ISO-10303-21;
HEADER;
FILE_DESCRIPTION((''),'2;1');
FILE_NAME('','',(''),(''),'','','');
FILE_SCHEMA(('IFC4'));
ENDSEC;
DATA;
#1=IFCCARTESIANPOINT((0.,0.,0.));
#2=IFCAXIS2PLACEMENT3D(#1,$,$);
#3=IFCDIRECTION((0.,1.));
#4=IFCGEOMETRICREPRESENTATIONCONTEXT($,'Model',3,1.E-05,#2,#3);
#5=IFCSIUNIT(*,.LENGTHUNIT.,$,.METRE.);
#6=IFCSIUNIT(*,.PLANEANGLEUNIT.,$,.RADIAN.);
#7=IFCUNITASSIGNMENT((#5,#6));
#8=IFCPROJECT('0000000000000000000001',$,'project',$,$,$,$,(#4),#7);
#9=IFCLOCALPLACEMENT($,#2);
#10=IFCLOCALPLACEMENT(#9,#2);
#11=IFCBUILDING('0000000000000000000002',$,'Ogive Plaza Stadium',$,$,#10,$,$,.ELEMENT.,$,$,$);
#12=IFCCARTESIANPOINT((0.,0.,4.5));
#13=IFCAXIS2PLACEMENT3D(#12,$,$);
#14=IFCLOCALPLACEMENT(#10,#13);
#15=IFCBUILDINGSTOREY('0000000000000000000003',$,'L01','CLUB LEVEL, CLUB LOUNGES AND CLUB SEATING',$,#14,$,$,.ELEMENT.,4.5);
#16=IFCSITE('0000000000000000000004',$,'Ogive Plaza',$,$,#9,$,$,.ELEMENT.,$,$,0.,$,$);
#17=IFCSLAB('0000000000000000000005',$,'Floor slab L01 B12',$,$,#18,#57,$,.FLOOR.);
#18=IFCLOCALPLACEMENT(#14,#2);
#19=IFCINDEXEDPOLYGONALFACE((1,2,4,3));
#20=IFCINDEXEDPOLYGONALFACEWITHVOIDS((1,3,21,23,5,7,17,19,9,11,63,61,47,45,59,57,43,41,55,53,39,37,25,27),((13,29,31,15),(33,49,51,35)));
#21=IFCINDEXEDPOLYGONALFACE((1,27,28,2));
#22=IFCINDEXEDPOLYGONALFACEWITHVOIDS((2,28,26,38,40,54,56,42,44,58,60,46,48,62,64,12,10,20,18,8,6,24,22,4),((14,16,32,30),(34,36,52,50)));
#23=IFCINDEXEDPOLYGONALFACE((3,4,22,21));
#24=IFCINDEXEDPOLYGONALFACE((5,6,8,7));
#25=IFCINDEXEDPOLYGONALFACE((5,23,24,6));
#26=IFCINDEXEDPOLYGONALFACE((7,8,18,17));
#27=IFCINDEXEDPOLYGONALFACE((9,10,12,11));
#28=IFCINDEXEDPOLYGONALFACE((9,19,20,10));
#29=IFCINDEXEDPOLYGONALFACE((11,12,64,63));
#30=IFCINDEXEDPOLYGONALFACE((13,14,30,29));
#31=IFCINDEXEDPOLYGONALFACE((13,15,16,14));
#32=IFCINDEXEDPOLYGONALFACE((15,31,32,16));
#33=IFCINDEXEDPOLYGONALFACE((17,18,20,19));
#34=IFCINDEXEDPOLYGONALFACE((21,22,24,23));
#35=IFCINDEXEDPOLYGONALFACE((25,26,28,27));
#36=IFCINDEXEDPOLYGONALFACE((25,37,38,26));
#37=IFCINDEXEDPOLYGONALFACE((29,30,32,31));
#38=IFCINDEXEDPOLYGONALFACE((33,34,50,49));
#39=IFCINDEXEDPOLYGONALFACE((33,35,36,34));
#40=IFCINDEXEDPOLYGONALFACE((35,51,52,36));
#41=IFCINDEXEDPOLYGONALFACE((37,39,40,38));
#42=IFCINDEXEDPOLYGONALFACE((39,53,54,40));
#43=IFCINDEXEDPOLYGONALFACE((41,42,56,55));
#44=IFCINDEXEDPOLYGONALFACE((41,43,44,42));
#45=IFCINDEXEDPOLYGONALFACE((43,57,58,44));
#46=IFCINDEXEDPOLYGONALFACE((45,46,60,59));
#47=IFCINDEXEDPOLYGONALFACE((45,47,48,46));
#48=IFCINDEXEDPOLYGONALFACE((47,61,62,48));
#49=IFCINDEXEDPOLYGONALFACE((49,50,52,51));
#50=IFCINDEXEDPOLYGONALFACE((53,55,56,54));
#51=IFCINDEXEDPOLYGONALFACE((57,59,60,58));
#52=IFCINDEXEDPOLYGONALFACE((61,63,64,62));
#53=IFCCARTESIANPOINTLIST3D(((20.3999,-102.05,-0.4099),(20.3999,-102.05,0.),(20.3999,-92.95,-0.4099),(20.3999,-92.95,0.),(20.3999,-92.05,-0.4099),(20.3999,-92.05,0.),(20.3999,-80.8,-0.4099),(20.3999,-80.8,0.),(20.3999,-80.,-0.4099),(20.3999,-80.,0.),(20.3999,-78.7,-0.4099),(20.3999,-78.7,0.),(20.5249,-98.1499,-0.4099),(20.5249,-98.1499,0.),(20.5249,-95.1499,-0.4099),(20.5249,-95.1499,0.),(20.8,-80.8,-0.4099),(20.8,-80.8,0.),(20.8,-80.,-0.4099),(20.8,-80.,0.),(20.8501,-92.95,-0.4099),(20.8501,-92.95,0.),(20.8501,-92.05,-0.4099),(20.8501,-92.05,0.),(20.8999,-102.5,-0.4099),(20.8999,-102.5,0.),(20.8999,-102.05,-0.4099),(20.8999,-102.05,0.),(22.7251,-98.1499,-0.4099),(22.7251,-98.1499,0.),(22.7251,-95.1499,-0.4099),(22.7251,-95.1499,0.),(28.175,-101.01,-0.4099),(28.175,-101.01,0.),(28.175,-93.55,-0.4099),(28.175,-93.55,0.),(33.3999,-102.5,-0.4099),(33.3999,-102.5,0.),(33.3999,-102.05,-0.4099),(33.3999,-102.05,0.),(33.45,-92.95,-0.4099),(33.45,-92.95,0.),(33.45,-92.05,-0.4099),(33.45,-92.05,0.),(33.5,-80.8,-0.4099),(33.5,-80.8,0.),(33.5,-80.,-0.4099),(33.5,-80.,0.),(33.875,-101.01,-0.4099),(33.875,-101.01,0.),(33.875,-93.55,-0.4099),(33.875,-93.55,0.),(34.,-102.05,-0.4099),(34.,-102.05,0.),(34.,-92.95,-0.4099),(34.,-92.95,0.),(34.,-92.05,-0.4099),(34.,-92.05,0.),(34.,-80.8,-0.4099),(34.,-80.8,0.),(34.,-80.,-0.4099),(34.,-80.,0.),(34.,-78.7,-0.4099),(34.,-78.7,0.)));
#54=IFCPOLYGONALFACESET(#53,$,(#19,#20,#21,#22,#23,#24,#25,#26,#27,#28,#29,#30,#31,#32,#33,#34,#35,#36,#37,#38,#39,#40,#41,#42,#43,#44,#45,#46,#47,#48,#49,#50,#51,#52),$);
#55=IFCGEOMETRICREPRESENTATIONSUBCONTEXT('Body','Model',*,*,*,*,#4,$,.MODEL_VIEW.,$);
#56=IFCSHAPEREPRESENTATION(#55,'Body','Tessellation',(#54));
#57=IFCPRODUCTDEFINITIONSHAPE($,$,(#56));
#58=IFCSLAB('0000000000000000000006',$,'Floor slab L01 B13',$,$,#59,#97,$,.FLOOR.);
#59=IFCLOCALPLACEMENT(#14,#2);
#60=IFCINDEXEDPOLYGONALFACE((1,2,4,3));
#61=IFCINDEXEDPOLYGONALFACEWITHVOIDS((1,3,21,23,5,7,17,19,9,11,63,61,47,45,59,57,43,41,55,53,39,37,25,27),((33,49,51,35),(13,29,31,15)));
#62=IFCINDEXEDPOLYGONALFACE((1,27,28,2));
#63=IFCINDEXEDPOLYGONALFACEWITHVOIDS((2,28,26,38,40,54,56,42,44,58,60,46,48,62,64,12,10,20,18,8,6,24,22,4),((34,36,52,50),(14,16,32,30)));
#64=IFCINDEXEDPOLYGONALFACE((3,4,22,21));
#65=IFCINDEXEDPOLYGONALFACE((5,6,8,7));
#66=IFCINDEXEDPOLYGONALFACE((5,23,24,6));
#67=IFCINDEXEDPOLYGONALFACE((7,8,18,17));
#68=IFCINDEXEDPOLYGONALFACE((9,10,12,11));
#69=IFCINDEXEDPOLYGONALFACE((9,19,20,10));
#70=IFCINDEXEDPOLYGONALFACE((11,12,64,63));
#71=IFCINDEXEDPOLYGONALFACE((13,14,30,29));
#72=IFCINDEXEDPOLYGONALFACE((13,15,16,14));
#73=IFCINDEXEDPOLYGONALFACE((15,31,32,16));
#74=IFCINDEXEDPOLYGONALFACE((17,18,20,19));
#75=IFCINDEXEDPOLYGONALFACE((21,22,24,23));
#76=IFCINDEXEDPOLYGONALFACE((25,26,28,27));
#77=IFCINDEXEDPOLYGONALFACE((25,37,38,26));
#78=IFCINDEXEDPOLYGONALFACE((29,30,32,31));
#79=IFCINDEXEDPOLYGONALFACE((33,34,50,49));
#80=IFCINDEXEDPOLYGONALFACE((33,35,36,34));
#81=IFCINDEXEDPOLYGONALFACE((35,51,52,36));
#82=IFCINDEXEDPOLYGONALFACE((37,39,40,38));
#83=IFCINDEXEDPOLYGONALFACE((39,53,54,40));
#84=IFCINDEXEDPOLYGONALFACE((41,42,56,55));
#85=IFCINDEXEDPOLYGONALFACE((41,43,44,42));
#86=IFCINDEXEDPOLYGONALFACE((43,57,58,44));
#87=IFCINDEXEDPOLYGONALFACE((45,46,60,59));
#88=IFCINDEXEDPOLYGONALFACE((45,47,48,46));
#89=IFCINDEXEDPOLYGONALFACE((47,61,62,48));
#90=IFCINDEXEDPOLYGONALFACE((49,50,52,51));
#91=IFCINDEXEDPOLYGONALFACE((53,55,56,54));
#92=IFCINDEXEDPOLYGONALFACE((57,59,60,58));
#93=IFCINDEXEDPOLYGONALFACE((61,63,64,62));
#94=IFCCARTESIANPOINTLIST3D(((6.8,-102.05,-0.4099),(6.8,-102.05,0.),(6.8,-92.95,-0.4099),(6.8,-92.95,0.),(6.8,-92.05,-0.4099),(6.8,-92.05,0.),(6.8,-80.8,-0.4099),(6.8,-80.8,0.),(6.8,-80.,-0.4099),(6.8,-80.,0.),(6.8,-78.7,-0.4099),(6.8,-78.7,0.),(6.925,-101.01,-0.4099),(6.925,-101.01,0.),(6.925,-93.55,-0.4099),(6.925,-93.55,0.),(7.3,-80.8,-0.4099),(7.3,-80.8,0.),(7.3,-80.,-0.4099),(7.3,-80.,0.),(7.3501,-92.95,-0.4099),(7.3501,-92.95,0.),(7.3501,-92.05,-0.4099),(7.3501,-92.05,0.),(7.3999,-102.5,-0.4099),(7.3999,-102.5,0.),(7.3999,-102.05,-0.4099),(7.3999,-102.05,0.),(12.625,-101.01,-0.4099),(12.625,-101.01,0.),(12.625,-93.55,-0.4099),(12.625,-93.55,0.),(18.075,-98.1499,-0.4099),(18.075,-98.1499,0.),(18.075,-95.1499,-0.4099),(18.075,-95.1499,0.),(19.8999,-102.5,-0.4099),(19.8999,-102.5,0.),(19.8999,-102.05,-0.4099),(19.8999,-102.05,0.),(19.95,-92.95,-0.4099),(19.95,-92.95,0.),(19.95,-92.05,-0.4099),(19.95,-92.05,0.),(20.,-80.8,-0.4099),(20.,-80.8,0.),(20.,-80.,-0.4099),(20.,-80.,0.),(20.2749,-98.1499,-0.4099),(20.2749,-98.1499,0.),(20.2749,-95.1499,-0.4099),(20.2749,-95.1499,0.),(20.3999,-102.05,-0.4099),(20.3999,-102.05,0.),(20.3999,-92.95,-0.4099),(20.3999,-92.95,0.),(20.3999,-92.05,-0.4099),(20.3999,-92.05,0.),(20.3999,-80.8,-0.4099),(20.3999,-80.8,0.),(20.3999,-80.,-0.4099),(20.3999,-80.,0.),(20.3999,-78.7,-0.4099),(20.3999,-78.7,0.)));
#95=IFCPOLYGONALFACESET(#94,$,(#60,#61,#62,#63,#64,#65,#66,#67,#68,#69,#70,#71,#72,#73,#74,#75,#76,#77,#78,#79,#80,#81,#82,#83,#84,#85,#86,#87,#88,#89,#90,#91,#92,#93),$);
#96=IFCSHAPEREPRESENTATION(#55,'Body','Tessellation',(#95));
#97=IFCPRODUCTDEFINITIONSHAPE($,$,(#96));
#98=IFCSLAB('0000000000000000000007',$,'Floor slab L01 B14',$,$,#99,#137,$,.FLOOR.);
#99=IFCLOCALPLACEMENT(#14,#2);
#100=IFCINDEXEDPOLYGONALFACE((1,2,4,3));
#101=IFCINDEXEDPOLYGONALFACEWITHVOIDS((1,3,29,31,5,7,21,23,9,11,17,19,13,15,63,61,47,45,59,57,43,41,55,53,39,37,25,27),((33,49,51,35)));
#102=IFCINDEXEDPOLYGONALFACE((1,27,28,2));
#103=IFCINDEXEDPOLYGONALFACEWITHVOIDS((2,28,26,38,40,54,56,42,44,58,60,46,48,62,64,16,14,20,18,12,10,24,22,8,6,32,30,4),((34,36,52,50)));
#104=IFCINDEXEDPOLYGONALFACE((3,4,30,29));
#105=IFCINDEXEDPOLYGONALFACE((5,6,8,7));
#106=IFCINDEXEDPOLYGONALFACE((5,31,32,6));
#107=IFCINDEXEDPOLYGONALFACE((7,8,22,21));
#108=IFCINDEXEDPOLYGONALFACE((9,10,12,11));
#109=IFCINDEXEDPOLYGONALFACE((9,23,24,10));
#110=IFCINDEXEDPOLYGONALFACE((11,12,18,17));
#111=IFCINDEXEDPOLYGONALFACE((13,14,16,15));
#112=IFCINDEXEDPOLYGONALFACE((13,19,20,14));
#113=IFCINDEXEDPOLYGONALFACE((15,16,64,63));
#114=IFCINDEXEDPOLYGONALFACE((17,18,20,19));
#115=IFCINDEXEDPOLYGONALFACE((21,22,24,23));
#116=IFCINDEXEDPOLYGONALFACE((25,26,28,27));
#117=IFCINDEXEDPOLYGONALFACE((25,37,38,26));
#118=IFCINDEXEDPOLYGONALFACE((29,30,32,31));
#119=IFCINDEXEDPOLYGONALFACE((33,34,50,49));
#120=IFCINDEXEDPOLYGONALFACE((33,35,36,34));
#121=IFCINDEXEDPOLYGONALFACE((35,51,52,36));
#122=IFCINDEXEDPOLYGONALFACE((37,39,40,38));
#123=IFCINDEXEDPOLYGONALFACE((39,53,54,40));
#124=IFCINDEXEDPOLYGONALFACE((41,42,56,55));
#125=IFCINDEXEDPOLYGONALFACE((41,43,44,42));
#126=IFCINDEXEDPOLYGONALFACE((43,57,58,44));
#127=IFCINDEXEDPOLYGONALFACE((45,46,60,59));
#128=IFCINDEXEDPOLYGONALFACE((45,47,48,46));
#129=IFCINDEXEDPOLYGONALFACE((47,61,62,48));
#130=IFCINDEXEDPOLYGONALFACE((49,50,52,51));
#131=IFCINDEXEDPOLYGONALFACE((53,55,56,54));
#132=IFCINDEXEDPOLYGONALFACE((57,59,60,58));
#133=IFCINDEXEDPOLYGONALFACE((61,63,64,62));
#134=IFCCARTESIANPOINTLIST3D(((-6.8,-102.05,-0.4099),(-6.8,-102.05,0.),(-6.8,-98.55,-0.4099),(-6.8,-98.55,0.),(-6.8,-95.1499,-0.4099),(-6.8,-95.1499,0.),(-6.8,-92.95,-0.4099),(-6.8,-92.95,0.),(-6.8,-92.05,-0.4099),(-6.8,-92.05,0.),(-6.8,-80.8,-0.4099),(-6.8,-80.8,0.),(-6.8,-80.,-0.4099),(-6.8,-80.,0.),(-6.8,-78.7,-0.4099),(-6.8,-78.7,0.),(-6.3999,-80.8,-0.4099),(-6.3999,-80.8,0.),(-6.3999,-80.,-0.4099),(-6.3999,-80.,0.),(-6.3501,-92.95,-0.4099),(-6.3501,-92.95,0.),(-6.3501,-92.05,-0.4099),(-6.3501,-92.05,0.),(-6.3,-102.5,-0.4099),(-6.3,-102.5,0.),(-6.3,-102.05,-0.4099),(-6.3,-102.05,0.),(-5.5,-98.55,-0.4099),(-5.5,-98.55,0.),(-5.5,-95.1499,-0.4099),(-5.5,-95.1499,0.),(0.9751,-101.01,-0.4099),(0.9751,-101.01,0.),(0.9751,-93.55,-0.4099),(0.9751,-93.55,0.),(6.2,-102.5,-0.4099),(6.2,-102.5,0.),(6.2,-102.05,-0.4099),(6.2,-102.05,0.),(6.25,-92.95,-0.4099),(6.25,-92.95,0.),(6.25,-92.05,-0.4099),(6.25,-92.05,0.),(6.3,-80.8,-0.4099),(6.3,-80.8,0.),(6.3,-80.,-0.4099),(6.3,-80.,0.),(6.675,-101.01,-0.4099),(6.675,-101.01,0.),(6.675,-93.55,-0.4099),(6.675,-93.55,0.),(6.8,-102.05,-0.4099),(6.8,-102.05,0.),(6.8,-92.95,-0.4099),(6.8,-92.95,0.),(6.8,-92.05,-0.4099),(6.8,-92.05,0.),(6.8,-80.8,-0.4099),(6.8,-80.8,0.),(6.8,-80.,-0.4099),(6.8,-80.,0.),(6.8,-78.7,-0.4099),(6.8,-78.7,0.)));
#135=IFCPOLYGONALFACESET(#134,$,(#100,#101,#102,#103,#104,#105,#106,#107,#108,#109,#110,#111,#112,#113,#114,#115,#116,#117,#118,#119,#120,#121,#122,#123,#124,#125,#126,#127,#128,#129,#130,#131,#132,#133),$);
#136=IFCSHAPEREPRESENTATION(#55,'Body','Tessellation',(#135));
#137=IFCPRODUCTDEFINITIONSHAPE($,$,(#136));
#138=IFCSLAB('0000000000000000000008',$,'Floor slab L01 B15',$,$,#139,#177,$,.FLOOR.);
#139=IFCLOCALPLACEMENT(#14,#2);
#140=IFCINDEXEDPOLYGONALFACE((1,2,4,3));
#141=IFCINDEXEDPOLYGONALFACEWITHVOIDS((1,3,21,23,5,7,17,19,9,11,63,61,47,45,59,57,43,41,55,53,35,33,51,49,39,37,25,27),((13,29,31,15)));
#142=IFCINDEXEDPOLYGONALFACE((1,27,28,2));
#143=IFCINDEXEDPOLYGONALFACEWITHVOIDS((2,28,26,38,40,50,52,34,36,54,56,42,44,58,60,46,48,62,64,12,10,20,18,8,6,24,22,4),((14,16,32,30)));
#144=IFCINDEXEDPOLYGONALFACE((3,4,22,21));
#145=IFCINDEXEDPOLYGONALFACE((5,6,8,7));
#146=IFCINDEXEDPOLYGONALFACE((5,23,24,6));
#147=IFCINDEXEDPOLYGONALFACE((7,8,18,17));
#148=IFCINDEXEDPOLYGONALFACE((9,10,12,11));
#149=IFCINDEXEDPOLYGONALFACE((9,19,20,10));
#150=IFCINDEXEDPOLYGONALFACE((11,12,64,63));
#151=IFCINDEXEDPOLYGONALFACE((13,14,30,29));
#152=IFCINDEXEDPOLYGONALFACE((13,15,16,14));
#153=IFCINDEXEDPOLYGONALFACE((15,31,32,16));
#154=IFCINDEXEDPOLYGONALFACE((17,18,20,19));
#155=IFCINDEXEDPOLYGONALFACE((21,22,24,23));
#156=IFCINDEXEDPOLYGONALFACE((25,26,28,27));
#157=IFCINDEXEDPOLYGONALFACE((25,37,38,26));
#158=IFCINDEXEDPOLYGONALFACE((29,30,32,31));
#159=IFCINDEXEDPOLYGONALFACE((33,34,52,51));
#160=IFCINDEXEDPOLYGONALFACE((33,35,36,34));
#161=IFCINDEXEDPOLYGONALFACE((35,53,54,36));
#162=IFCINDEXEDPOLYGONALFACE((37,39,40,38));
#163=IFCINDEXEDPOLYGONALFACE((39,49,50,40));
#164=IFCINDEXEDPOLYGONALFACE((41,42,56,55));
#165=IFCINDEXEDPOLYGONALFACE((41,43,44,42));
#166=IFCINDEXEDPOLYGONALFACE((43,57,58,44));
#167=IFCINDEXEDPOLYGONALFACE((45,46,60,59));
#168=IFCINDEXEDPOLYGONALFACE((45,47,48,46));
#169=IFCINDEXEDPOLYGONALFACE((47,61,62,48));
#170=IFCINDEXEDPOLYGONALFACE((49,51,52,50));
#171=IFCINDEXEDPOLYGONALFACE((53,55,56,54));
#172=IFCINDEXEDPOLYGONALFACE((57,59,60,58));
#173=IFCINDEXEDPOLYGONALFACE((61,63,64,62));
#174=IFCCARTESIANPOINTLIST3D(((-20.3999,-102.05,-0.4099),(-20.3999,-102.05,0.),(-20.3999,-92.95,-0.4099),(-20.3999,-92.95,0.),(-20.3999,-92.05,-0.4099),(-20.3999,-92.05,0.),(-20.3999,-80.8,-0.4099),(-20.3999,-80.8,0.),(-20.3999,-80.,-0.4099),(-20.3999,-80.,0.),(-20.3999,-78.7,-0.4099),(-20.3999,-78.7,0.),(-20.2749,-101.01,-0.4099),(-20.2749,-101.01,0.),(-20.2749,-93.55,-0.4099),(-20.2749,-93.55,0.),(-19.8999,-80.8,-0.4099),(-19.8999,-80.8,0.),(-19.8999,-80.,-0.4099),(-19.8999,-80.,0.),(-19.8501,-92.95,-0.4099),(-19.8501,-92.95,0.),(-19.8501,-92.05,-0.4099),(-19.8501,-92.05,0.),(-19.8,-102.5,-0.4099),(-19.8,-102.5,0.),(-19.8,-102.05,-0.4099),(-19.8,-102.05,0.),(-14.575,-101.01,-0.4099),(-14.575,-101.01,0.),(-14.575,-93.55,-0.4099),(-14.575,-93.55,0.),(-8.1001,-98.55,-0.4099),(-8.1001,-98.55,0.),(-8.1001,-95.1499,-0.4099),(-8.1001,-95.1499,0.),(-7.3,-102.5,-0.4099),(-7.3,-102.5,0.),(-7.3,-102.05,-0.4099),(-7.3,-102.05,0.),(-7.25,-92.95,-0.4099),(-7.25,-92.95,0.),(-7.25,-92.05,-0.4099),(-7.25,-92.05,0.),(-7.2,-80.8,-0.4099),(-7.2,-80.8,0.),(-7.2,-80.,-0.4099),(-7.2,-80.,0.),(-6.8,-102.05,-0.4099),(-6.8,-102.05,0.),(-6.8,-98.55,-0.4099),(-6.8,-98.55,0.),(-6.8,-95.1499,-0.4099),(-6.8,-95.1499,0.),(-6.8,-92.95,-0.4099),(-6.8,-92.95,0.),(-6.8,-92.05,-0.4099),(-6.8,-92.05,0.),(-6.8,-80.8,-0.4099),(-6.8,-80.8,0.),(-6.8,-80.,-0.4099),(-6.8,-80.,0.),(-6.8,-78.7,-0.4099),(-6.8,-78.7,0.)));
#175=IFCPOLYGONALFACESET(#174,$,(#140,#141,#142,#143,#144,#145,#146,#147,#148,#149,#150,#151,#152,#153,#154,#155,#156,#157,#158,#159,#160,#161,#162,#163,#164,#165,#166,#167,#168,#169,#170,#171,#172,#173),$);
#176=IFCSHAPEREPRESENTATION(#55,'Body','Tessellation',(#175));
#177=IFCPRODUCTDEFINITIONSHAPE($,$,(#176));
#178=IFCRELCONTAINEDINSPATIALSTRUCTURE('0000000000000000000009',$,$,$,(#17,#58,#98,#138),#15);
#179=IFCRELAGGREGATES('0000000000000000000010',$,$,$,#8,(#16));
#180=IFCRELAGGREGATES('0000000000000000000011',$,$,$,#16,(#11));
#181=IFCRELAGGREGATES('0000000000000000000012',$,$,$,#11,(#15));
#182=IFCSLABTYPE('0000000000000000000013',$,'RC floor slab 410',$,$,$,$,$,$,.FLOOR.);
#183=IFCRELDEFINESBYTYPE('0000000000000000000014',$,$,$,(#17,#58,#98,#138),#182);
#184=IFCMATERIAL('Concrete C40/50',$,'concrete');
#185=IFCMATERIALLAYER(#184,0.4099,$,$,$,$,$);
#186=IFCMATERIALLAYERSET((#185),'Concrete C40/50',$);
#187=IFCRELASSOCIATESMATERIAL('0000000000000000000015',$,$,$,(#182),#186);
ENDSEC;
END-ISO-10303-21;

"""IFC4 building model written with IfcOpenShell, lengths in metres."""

from ifc_helpers import new_model, si_unit, direction, frame, origin, place, context, subcontext, project, spatial, polyline, outline, extrude, material, layer, layer_set, type_object, element, save


model = new_model("IFC4")

# Units and contexts
model_context = context("Model", 3, precision=1e-05, world=origin(), true_north=direction((0.0, 1.0)))
body_context = subcontext(model_context, "Body", "Model", "MODEL_VIEW")
ifc_project = project(units=[si_unit("LENGTHUNIT", "METRE"), si_unit("PLANEANGLEUNIT", "RADIAN")], contexts=[model_context])

# Site, building, storey
site_placement = place(None, origin())
site = spatial("IfcSite", under=ifc_project, at=site_placement, Name="Ogive Plaza", CompositionType="ELEMENT", RefElevation=0.0)
building_placement = place(site_placement, origin())
building = spatial("IfcBuilding", under=site, at=building_placement, Name="Ogive Plaza Stadium", CompositionType="ELEMENT")
storey_placement = place(building_placement, frame((0.0, 0.0, 4.5)))
storey = spatial("IfcBuildingStorey", under=building, at=storey_placement, Name="L01", Description="CLUB LEVEL, CLUB LOUNGES AND CLUB SEATING", CompositionType="ELEMENT", Elevation=4.5)

# Slabs
ifc_material = material(Name="Concrete C40/50", Category="concrete")
ifc_layer = layer(ifc_material, 0.4099)
ifc_layer_set = layer_set([ifc_layer], Name="Concrete C40/50")
slab_type = type_object("IfcSlabType", Name="RC floor slab 410", PredefinedType="FLOOR", material=ifc_layer_set)
slab_1_placement = place(storey_placement, frame((0.0, 0.0, -0.4099)))
element("IfcSlab", 1, at=slab_1_placement, inside=storey, type_object=slab_type, Name="Floor slab L01 B12", PredefinedType="FLOOR", context=body_context, shape_type="SweptSolid", body=[
    extrude(outline(polyline([(20.3999, -80.0), (20.8, -80.0), (20.8, -80.8), (20.3999, -80.8), (20.3999, -92.05), (20.8501, -92.05), (20.8501, -92.95), (20.3999, -92.95), (20.3999, -102.05), (20.8999, -102.05), (20.8999, -102.5), (33.3999, -102.5), (33.3999, -102.05), (34.0, -102.05), (34.0, -92.95), (33.45, -92.95), (33.45, -92.05), (34.0, -92.05), (34.0, -80.8), (33.5, -80.8), (33.5, -80.0), (34.0, -80.0), (34.0, -78.7), (20.3999, -78.7), (20.3999, -80.0)]), holes=[polyline([(33.875, -93.55), (28.175, -93.55), (28.175, -101.01), (33.875, -101.01), (33.875, -93.55)]), polyline([(22.7251, -95.1499), (20.5249, -95.1499), (20.5249, -98.1499), (22.7251, -98.1499), (22.7251, -95.1499)])]), origin(), (0.0, 0.0, 1.0), 0.4099),
])
slab_2_placement = place(storey_placement, frame((0.0, 0.0, -0.4099)))
element("IfcSlab", 2, at=slab_2_placement, inside=storey, type_object=slab_type, Name="Floor slab L01 B13", PredefinedType="FLOOR", context=body_context, shape_type="SweptSolid", body=[
    extrude(outline(polyline([(6.8, -80.0), (7.3, -80.0), (7.3, -80.8), (6.8, -80.8), (6.8, -92.05), (7.3501, -92.05), (7.3501, -92.95), (6.8, -92.95), (6.8, -102.05), (7.3999, -102.05), (7.3999, -102.5), (19.8999, -102.5), (19.8999, -102.05), (20.3999, -102.05), (20.3999, -92.95), (19.95, -92.95), (19.95, -92.05), (20.3999, -92.05), (20.3999, -80.8), (20.0, -80.8), (20.0, -80.0), (20.3999, -80.0), (20.3999, -78.7), (6.8, -78.7), (6.8, -80.0)]), holes=[polyline([(12.625, -93.55), (6.925, -93.55), (6.925, -101.01), (12.625, -101.01), (12.625, -93.55)]), polyline([(20.2749, -95.1499), (18.075, -95.1499), (18.075, -98.1499), (20.2749, -98.1499), (20.2749, -95.1499)])]), origin(), (0.0, 0.0, 1.0), 0.4099),
])
slab_3_placement = place(storey_placement, frame((0.0, 0.0, -0.4099)))
element("IfcSlab", 3, at=slab_3_placement, inside=storey, type_object=slab_type, Name="Floor slab L01 B14", PredefinedType="FLOOR", context=body_context, shape_type="SweptSolid", body=[
    extrude(outline(polyline([(-6.8, -80.0), (-6.3999, -80.0), (-6.3999, -80.8), (-6.8, -80.8), (-6.8, -92.05), (-6.3501, -92.05), (-6.3501, -92.95), (-6.8, -92.95), (-6.8, -95.1499), (-5.5, -95.1499), (-5.5, -98.55), (-6.8, -98.55), (-6.8, -102.05), (-6.3, -102.05), (-6.3, -102.5), (6.2, -102.5), (6.2, -102.05), (6.8, -102.05), (6.8, -92.95), (6.25, -92.95), (6.25, -92.05), (6.8, -92.05), (6.8, -80.8), (6.3, -80.8), (6.3, -80.0), (6.8, -80.0), (6.8, -78.7), (-6.8, -78.7), (-6.8, -80.0)]), holes=[polyline([(6.675, -93.55), (0.9751, -93.55), (0.9751, -101.01), (6.675, -101.01), (6.675, -93.55)])]), origin(), (0.0, 0.0, 1.0), 0.4099),
])
slab_4_placement = place(storey_placement, frame((0.0, 0.0, -0.4099)))
element("IfcSlab", 4, at=slab_4_placement, inside=storey, type_object=slab_type, Name="Floor slab L01 B15", PredefinedType="FLOOR", context=body_context, shape_type="SweptSolid", body=[
    extrude(outline(polyline([(-20.3999, -80.0), (-19.8999, -80.0), (-19.8999, -80.8), (-20.3999, -80.8), (-20.3999, -92.05), (-19.8501, -92.05), (-19.8501, -92.95), (-20.3999, -92.95), (-20.3999, -102.05), (-19.8, -102.05), (-19.8, -102.5), (-7.3, -102.5), (-7.3, -102.05), (-6.8, -102.05), (-6.8, -98.55), (-8.1001, -98.55), (-8.1001, -95.1499), (-6.8, -95.1499), (-6.8, -92.95), (-7.25, -92.95), (-7.25, -92.05), (-6.8, -92.05), (-6.8, -80.8), (-7.2, -80.8), (-7.2, -80.0), (-6.8, -80.0), (-6.8, -78.7), (-20.3999, -78.7), (-20.3999, -80.0)]), holes=[polyline([(-14.575, -93.55), (-20.2749, -93.55), (-20.2749, -101.01), (-14.575, -101.01), (-14.575, -93.55)])]), origin(), (0.0, 0.0, 1.0), 0.4099),
])

save(model, "model.ifc")
